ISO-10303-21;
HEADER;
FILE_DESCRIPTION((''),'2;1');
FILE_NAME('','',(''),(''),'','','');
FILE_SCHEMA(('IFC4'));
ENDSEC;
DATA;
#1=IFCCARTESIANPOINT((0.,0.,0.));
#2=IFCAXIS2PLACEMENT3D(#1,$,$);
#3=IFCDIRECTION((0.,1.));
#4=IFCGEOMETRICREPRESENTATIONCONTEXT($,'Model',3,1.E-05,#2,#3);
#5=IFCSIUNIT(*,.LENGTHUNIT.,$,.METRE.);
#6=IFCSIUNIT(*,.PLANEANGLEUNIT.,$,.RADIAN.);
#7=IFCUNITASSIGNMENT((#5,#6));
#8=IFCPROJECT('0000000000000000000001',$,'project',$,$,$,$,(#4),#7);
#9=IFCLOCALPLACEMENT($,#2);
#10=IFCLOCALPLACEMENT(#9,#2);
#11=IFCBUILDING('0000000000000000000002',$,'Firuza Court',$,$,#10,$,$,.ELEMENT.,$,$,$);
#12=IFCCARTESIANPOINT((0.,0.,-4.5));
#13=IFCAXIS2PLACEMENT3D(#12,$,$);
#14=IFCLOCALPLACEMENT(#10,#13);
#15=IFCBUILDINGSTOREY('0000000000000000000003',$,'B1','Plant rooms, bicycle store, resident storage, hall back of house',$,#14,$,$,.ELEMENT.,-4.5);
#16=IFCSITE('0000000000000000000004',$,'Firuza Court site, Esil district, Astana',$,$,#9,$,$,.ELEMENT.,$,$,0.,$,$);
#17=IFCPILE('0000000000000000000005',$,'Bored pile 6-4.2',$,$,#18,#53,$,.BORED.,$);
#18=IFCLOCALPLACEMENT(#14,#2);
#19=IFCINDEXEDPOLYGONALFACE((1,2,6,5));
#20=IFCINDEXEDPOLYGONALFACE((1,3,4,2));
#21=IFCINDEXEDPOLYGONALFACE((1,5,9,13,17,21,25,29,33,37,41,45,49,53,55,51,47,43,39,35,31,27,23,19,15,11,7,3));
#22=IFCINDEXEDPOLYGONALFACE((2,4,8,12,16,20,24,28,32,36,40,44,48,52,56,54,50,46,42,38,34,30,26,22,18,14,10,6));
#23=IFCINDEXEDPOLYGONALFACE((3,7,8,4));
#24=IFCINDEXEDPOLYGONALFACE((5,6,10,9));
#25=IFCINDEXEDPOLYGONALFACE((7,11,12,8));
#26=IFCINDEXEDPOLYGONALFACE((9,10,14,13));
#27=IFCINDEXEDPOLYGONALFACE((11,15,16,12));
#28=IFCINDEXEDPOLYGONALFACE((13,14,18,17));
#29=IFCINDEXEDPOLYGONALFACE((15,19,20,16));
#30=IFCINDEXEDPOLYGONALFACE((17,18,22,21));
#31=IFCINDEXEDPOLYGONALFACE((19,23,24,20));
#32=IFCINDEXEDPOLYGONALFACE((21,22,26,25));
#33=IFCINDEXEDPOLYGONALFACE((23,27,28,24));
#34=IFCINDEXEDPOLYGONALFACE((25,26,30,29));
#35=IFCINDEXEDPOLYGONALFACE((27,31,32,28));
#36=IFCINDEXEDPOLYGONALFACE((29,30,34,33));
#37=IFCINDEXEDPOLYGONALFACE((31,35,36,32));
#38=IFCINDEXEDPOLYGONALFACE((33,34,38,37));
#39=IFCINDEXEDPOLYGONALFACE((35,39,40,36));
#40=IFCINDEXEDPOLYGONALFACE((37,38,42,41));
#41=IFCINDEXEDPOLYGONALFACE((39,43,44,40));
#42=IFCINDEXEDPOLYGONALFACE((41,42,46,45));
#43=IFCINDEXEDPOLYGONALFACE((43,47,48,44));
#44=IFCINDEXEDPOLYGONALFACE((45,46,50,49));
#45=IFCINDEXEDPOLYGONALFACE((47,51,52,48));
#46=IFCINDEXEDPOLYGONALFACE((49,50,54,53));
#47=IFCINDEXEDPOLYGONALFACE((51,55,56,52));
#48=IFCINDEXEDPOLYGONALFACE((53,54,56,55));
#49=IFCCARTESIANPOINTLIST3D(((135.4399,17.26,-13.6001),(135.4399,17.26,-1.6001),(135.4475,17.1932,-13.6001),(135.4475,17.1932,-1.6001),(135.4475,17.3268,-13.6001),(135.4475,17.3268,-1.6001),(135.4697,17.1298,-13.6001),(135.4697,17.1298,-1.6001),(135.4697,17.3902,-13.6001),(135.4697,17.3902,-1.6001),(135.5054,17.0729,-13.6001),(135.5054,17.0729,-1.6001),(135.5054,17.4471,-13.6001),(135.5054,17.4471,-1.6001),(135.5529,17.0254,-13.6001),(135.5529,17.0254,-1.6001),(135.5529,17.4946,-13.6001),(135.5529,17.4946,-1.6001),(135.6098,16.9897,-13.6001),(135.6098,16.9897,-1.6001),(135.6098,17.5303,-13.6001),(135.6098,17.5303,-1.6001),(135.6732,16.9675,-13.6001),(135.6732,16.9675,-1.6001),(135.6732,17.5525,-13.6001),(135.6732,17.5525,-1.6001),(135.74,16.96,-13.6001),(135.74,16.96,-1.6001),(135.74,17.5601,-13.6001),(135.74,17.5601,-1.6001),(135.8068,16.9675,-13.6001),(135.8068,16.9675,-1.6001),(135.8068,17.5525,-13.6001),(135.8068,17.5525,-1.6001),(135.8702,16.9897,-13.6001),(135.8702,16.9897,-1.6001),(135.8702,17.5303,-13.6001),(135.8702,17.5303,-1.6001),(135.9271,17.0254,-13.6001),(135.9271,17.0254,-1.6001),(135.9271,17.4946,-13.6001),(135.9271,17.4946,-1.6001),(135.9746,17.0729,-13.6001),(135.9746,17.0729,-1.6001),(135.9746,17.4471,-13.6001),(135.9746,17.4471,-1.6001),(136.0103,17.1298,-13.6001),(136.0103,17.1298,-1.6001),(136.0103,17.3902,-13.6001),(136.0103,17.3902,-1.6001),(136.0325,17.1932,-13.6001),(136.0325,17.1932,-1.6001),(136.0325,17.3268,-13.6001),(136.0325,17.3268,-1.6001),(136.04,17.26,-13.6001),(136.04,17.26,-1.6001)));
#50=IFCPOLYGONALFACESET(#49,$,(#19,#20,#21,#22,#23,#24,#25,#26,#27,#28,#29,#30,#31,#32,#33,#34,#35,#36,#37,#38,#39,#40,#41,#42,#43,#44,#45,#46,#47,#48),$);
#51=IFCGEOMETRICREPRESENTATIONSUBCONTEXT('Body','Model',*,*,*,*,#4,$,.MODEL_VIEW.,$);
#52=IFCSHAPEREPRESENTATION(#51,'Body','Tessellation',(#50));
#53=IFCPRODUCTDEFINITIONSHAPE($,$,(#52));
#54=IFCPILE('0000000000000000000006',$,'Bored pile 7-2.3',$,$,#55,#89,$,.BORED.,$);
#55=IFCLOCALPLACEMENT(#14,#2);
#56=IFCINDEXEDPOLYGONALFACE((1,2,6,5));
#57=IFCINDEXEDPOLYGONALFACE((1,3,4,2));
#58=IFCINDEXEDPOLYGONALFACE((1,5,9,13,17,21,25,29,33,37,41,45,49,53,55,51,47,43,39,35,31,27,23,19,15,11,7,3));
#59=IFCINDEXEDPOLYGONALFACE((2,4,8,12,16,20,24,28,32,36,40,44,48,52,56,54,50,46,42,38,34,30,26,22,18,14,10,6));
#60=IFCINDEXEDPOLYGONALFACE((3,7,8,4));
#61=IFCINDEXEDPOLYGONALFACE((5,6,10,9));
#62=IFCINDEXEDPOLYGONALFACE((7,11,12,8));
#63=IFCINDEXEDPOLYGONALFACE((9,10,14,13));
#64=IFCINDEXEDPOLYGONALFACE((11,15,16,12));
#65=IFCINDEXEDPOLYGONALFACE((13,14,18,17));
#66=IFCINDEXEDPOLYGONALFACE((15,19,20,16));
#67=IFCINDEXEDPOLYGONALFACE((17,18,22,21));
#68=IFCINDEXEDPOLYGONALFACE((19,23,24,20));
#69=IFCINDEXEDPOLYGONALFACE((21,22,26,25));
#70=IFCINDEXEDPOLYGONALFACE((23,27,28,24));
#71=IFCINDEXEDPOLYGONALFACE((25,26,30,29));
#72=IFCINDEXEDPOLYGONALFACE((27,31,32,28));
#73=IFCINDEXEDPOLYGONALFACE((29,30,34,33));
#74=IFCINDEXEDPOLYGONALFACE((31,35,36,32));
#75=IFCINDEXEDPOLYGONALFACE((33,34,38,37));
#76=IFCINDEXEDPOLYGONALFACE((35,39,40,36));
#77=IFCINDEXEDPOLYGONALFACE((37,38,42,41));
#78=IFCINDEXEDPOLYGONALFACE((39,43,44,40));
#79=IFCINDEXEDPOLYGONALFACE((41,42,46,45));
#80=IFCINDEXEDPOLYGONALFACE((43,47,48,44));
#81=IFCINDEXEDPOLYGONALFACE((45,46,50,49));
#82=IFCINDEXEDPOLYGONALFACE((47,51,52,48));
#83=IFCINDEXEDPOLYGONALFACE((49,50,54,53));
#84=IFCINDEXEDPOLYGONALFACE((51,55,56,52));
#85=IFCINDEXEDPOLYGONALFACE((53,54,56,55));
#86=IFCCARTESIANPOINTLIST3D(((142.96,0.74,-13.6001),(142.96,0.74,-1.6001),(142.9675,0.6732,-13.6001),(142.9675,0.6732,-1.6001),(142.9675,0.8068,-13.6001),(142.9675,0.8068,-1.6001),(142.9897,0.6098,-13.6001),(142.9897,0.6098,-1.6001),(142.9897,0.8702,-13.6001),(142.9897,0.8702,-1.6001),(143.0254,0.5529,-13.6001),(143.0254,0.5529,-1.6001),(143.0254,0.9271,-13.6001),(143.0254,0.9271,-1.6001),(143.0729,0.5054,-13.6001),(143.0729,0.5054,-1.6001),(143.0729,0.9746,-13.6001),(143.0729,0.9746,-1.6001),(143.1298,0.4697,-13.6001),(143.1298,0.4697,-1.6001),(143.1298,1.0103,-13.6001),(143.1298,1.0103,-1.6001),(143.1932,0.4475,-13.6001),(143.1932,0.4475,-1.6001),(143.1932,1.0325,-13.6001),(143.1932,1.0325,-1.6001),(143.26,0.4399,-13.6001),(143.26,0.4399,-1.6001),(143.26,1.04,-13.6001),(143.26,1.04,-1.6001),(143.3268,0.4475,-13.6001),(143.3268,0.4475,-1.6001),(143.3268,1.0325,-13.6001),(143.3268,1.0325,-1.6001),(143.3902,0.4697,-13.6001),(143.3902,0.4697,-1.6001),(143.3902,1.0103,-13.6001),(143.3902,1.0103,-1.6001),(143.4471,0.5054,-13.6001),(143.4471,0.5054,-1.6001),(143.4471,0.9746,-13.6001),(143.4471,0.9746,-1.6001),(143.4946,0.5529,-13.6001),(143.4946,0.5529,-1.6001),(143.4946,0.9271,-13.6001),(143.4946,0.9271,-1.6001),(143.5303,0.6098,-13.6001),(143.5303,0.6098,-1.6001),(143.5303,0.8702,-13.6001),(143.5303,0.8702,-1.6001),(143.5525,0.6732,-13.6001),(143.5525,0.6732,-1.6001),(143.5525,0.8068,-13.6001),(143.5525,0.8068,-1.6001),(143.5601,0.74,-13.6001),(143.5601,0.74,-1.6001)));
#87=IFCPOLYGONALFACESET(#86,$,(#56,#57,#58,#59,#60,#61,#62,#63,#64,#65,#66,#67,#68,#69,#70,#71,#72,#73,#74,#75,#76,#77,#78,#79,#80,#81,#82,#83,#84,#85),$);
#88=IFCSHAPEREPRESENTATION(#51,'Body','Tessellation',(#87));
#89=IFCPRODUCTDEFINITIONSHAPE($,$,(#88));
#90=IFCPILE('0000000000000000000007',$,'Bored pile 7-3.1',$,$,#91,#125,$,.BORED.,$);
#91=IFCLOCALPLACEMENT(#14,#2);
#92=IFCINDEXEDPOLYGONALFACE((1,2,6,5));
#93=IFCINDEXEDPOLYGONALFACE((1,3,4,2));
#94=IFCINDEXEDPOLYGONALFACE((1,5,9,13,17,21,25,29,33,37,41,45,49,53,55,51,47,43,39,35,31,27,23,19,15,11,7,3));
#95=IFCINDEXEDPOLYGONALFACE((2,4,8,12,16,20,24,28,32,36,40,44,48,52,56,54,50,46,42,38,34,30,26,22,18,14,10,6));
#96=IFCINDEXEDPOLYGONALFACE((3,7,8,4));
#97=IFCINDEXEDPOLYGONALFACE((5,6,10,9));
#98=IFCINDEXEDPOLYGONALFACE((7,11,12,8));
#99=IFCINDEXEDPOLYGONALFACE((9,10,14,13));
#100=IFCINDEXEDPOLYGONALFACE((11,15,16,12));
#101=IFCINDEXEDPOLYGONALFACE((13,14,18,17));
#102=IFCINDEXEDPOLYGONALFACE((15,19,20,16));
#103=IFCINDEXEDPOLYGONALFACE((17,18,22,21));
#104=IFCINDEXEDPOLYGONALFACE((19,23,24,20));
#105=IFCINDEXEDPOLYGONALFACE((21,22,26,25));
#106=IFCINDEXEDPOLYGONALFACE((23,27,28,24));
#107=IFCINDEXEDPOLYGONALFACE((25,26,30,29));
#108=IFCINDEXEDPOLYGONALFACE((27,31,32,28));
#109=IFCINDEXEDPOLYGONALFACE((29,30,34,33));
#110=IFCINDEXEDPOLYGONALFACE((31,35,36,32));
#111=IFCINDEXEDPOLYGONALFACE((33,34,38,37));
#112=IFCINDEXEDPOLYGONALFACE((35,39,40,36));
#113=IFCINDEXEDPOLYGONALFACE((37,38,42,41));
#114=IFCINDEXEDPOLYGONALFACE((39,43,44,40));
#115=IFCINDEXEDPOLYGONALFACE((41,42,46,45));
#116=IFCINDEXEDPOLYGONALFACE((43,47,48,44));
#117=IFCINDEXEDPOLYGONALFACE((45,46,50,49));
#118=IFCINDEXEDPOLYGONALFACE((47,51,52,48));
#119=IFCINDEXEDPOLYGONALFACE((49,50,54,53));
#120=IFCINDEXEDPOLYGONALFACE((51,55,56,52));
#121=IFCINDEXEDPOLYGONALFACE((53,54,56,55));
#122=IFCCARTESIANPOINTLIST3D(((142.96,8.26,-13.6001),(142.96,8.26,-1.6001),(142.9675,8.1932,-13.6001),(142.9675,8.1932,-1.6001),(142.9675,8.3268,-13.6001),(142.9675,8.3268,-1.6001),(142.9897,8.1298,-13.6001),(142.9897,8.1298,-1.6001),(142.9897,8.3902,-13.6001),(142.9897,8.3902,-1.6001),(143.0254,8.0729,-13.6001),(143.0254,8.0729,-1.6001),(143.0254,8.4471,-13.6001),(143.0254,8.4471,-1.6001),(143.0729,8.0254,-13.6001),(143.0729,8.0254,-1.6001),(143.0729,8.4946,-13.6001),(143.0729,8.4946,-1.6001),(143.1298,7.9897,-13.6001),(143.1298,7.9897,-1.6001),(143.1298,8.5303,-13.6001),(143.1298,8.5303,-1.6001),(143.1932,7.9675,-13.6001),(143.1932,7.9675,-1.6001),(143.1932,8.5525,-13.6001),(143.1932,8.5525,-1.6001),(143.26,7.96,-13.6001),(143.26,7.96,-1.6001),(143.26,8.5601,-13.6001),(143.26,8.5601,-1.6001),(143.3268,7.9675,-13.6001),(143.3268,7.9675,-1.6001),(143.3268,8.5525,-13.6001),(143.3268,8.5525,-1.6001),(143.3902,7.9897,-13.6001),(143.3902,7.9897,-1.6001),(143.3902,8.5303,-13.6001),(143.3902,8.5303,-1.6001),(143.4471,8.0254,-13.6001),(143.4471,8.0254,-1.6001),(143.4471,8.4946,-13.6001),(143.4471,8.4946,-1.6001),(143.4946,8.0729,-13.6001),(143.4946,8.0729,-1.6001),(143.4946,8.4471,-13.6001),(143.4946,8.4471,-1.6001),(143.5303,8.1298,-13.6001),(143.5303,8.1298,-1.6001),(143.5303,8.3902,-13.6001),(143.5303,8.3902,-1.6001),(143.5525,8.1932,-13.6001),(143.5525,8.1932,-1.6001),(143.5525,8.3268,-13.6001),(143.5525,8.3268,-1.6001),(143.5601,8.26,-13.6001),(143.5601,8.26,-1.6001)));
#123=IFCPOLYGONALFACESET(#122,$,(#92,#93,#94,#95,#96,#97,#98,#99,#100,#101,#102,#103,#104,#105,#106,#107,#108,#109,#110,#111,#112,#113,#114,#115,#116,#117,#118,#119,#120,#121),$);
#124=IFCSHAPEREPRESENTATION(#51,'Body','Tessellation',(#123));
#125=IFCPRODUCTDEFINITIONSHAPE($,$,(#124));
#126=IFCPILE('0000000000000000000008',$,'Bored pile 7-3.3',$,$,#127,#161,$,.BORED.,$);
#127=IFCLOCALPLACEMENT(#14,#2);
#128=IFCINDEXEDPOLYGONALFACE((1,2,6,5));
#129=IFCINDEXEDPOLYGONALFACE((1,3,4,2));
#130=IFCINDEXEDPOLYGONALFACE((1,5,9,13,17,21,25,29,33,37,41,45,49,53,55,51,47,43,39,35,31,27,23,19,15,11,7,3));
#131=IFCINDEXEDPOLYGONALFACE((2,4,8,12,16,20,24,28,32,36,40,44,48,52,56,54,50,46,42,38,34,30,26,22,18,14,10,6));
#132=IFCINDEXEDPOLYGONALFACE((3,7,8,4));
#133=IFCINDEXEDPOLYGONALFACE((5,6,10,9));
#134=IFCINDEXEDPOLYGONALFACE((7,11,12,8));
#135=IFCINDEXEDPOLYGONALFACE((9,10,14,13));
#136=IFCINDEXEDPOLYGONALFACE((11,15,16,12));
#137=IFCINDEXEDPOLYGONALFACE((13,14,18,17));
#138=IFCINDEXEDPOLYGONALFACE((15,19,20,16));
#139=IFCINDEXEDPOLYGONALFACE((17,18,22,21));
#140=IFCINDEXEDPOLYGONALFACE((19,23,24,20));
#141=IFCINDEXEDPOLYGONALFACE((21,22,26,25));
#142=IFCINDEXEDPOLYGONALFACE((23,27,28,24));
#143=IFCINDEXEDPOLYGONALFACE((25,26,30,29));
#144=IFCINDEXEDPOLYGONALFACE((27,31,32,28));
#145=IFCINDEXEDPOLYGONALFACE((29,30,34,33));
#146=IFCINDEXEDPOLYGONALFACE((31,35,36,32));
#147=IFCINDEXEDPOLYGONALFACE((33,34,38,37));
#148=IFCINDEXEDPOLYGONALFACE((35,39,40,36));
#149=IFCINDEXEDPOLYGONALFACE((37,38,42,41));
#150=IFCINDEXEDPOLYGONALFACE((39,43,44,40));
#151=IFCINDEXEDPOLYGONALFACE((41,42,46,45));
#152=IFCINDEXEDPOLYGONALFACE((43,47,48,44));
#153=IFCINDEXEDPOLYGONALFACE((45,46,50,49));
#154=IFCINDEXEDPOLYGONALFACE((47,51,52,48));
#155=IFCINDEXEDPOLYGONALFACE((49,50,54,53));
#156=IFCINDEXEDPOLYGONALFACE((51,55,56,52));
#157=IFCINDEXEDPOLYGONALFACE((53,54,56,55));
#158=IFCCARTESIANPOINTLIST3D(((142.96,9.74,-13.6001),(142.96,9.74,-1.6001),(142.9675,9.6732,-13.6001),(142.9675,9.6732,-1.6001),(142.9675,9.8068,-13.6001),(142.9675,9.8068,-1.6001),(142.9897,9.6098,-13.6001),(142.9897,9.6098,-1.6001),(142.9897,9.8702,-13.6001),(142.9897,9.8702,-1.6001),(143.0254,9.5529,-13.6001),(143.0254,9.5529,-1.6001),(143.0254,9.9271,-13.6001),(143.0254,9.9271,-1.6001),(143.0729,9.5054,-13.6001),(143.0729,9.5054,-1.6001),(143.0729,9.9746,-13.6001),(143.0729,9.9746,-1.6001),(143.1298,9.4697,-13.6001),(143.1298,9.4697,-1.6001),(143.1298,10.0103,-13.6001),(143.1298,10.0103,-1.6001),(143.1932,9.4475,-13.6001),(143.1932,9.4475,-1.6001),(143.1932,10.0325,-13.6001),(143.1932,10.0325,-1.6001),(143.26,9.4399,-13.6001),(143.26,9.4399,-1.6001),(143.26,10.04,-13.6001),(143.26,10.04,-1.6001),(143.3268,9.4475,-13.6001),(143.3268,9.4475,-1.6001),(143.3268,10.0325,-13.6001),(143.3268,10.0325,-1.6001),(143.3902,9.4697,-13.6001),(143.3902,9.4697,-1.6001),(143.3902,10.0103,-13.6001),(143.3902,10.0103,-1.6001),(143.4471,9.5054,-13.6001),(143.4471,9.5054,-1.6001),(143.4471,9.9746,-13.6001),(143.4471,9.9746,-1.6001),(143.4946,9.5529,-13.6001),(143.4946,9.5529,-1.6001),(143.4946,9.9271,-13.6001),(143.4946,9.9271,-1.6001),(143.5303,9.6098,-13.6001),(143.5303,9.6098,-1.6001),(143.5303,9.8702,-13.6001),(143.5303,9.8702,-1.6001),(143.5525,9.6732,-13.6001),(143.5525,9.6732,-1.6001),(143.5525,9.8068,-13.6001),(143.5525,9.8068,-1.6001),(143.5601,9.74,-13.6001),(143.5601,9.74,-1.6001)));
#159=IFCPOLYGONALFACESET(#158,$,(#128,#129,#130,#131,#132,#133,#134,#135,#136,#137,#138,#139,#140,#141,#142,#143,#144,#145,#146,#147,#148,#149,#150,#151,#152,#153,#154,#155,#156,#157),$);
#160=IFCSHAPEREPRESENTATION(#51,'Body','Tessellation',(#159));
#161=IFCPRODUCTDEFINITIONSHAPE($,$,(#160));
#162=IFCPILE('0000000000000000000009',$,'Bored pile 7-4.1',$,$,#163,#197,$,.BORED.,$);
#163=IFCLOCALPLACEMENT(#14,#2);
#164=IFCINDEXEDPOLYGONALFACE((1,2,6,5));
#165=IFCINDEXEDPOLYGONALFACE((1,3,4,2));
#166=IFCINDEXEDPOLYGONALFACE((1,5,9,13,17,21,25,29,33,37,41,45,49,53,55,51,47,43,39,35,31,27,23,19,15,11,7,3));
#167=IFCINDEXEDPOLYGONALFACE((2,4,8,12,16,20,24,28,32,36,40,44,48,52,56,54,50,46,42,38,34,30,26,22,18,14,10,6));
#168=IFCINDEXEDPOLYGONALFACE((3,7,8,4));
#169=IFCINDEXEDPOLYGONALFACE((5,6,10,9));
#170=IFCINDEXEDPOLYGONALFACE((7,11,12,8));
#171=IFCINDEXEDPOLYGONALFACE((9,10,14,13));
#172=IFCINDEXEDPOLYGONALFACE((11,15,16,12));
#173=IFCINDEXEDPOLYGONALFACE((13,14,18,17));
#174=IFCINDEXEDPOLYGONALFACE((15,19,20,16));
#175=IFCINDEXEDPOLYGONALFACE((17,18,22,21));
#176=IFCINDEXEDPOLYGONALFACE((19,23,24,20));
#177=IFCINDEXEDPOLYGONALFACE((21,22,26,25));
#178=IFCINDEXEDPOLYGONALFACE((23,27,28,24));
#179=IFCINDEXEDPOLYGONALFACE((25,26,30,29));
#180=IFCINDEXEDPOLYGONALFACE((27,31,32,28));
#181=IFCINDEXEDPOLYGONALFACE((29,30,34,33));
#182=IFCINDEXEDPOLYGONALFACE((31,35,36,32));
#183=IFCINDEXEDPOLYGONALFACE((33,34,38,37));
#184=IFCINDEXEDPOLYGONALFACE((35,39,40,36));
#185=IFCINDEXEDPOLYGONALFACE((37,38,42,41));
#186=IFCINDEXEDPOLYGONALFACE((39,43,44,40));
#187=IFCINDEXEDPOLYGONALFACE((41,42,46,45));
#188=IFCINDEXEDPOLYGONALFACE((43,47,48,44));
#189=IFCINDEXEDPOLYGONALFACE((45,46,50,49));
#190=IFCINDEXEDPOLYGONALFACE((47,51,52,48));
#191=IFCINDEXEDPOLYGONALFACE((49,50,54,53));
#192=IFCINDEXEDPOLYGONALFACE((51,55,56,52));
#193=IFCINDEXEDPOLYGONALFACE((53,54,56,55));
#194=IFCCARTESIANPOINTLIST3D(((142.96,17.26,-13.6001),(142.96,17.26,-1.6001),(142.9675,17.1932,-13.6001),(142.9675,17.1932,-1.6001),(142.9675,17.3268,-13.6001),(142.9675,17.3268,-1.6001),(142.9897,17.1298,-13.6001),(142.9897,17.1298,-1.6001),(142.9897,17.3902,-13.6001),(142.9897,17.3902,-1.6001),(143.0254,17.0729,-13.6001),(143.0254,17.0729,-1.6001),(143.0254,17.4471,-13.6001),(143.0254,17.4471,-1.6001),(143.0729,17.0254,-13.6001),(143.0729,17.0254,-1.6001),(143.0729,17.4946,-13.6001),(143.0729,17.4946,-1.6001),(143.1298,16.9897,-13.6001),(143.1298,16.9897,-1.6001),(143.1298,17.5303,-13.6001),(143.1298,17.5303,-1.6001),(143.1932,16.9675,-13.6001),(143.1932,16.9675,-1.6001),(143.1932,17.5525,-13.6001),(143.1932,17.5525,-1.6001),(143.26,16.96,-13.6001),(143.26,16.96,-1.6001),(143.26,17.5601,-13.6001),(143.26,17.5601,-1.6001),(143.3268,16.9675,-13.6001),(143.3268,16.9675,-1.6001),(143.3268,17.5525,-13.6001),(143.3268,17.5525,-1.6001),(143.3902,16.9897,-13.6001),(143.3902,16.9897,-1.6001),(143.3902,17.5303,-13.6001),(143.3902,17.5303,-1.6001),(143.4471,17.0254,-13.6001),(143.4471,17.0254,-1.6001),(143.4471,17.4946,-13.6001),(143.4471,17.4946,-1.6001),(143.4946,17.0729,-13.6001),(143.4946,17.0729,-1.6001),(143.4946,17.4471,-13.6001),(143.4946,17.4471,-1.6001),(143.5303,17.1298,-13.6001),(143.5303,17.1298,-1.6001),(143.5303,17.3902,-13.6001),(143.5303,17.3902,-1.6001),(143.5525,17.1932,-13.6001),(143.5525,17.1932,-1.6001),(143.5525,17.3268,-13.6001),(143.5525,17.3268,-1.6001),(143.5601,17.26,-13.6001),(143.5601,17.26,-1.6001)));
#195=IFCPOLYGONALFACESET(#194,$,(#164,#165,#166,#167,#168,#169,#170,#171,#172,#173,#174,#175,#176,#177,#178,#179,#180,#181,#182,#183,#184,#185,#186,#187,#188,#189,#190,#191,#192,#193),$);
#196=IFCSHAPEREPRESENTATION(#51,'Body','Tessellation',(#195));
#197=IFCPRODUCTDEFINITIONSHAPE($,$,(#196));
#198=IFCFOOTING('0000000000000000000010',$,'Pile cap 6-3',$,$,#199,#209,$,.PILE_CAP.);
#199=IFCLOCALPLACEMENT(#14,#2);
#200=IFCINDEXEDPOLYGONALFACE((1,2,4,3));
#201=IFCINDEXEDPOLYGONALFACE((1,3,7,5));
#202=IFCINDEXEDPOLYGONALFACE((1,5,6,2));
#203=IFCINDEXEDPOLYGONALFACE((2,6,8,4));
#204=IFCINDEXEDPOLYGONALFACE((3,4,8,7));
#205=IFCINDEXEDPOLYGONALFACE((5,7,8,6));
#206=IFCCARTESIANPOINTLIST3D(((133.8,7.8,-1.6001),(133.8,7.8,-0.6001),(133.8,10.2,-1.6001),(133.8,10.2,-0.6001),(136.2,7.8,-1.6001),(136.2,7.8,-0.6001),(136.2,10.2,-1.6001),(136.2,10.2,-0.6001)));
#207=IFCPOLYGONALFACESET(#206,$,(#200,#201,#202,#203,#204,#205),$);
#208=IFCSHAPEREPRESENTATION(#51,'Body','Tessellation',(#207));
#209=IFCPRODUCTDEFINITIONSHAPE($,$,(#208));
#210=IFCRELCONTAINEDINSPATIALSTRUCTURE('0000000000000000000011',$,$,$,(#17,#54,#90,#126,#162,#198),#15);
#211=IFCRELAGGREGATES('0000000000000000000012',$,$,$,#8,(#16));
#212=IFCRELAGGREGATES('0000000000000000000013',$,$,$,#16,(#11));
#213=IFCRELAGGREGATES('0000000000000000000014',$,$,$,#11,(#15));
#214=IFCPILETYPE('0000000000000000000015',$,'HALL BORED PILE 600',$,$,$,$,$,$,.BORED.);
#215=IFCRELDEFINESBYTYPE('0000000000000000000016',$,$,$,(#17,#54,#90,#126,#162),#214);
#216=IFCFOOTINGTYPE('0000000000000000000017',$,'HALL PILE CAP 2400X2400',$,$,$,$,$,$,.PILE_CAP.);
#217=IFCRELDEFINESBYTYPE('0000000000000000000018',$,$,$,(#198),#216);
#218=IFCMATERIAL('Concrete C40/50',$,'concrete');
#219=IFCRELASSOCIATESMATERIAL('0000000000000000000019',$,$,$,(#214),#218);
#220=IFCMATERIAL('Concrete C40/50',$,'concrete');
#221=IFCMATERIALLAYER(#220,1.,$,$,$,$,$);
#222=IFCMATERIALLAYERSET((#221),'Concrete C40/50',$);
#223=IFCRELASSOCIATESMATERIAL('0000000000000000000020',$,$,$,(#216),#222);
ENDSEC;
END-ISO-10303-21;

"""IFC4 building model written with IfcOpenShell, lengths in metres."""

from ifc_helpers import new_model, si_unit, direction, frame, origin, origin_2d, place, context, subcontext, project, spatial, rectangle, circle, extrude, material, layer, layer_set, material_profile, profile_set, type_object, element, save


model = new_model("IFC4")

# Units and contexts
model_context = context("Model", 3, precision=1e-05, world=origin(), true_north=direction((0.0, 1.0)))
body_context = subcontext(model_context, "Body", "Model", "MODEL_VIEW")
ifc_project = project(units=[si_unit("LENGTHUNIT", "METRE"), si_unit("PLANEANGLEUNIT", "RADIAN")], contexts=[model_context])

# Site, building, storey
site_placement = place(None, origin())
site = spatial("IfcSite", under=ifc_project, at=site_placement, Name="Firuza Court site, Esil district, Astana", CompositionType="ELEMENT", RefElevation=0.0)
building_placement = place(site_placement, origin())
building = spatial("IfcBuilding", under=site, at=building_placement, Name="Firuza Court", CompositionType="ELEMENT")
storey_placement = place(building_placement, frame((0.0, 0.0, -4.5)))
storey = spatial("IfcBuildingStorey", under=building, at=storey_placement, Name="B1", Description="Plant rooms, bicycle store, resident storage, hall back of house", CompositionType="ELEMENT", Elevation=-4.5)

# Piles
ifc_material_1 = material(Name="Concrete C40/50", Category="concrete")
ifc_material_profile_1 = material_profile(ifc_material_1, circle(Radius=0.3, at=origin_2d()), Name="PILE 600")
ifc_profile_set_1 = profile_set([ifc_material_profile_1], Name="Concrete C40/50")
pile_type = type_object("IfcPileType", Name="HALL BORED PILE 600", PredefinedType="BORED", material=ifc_profile_set_1)
for number, where, z_axis, x_axis, name in (
    (1, (135.74, 17.26, -1.6001), (0.0, 0.0, -1.0), (1.0, 0.0, 0.0), "Bored pile 6-4.2"),
    (2, (143.26, 0.74, -1.6001), (0.0, 0.0, -1.0), (1.0, 0.0, 0.0), "Bored pile 7-2.3"),
    (3, (143.26, 8.26, -1.6001), (0.0, 0.0, -1.0), (1.0, 0.0, 0.0), "Bored pile 7-3.1"),
    (4, (143.26, 9.74, -1.6001), (0.0, 0.0, -1.0), (1.0, 0.0, 0.0), "Bored pile 7-3.3"),
    (5, (143.26, 17.26, -1.6001), (0.0, 0.0, -1.0), (1.0, 0.0, 0.0), "Bored pile 7-4.1"),
):
    element("IfcPile", number, at=place(storey_placement, frame(where, z_axis=z_axis, x_axis=x_axis)), inside=storey, type_object=pile_type, Name=name, PredefinedType="BORED", context=body_context, shape_type="SweptSolid", body=[
        extrude(circle(Radius=0.3, at=origin_2d()), origin(), (0.0, 0.0, 1.0), 12.0),
    ])

# Footing
ifc_material_2 = material(Name="Concrete C40/50", Category="concrete")
ifc_layer_1 = layer(ifc_material_2, 1.0)
ifc_layer_set_1 = layer_set([ifc_layer_1], Name="Concrete C40/50")
footing_type = type_object("IfcFootingType", Name="HALL PILE CAP 2400X2400", PredefinedType="PILE_CAP", material=ifc_layer_set_1)
for number, where, z_axis, x_axis, name in (
    (6, (135.0, 9.0, -1.6001), (0.0, 0.0, 1.0), (1.0, 0.0, 0.0), "Pile cap 6-3"),
):
    element("IfcFooting", number, at=place(storey_placement, frame(where, z_axis=z_axis, x_axis=x_axis)), inside=storey, type_object=footing_type, Name=name, PredefinedType="PILE_CAP", context=body_context, shape_type="SweptSolid", body=[
        extrude(rectangle(XDim=2.3999, YDim=2.3999, at=origin_2d()), origin(), (0.0, 0.0, 1.0), 1.0),
    ])

save(model, "model.ifc")
